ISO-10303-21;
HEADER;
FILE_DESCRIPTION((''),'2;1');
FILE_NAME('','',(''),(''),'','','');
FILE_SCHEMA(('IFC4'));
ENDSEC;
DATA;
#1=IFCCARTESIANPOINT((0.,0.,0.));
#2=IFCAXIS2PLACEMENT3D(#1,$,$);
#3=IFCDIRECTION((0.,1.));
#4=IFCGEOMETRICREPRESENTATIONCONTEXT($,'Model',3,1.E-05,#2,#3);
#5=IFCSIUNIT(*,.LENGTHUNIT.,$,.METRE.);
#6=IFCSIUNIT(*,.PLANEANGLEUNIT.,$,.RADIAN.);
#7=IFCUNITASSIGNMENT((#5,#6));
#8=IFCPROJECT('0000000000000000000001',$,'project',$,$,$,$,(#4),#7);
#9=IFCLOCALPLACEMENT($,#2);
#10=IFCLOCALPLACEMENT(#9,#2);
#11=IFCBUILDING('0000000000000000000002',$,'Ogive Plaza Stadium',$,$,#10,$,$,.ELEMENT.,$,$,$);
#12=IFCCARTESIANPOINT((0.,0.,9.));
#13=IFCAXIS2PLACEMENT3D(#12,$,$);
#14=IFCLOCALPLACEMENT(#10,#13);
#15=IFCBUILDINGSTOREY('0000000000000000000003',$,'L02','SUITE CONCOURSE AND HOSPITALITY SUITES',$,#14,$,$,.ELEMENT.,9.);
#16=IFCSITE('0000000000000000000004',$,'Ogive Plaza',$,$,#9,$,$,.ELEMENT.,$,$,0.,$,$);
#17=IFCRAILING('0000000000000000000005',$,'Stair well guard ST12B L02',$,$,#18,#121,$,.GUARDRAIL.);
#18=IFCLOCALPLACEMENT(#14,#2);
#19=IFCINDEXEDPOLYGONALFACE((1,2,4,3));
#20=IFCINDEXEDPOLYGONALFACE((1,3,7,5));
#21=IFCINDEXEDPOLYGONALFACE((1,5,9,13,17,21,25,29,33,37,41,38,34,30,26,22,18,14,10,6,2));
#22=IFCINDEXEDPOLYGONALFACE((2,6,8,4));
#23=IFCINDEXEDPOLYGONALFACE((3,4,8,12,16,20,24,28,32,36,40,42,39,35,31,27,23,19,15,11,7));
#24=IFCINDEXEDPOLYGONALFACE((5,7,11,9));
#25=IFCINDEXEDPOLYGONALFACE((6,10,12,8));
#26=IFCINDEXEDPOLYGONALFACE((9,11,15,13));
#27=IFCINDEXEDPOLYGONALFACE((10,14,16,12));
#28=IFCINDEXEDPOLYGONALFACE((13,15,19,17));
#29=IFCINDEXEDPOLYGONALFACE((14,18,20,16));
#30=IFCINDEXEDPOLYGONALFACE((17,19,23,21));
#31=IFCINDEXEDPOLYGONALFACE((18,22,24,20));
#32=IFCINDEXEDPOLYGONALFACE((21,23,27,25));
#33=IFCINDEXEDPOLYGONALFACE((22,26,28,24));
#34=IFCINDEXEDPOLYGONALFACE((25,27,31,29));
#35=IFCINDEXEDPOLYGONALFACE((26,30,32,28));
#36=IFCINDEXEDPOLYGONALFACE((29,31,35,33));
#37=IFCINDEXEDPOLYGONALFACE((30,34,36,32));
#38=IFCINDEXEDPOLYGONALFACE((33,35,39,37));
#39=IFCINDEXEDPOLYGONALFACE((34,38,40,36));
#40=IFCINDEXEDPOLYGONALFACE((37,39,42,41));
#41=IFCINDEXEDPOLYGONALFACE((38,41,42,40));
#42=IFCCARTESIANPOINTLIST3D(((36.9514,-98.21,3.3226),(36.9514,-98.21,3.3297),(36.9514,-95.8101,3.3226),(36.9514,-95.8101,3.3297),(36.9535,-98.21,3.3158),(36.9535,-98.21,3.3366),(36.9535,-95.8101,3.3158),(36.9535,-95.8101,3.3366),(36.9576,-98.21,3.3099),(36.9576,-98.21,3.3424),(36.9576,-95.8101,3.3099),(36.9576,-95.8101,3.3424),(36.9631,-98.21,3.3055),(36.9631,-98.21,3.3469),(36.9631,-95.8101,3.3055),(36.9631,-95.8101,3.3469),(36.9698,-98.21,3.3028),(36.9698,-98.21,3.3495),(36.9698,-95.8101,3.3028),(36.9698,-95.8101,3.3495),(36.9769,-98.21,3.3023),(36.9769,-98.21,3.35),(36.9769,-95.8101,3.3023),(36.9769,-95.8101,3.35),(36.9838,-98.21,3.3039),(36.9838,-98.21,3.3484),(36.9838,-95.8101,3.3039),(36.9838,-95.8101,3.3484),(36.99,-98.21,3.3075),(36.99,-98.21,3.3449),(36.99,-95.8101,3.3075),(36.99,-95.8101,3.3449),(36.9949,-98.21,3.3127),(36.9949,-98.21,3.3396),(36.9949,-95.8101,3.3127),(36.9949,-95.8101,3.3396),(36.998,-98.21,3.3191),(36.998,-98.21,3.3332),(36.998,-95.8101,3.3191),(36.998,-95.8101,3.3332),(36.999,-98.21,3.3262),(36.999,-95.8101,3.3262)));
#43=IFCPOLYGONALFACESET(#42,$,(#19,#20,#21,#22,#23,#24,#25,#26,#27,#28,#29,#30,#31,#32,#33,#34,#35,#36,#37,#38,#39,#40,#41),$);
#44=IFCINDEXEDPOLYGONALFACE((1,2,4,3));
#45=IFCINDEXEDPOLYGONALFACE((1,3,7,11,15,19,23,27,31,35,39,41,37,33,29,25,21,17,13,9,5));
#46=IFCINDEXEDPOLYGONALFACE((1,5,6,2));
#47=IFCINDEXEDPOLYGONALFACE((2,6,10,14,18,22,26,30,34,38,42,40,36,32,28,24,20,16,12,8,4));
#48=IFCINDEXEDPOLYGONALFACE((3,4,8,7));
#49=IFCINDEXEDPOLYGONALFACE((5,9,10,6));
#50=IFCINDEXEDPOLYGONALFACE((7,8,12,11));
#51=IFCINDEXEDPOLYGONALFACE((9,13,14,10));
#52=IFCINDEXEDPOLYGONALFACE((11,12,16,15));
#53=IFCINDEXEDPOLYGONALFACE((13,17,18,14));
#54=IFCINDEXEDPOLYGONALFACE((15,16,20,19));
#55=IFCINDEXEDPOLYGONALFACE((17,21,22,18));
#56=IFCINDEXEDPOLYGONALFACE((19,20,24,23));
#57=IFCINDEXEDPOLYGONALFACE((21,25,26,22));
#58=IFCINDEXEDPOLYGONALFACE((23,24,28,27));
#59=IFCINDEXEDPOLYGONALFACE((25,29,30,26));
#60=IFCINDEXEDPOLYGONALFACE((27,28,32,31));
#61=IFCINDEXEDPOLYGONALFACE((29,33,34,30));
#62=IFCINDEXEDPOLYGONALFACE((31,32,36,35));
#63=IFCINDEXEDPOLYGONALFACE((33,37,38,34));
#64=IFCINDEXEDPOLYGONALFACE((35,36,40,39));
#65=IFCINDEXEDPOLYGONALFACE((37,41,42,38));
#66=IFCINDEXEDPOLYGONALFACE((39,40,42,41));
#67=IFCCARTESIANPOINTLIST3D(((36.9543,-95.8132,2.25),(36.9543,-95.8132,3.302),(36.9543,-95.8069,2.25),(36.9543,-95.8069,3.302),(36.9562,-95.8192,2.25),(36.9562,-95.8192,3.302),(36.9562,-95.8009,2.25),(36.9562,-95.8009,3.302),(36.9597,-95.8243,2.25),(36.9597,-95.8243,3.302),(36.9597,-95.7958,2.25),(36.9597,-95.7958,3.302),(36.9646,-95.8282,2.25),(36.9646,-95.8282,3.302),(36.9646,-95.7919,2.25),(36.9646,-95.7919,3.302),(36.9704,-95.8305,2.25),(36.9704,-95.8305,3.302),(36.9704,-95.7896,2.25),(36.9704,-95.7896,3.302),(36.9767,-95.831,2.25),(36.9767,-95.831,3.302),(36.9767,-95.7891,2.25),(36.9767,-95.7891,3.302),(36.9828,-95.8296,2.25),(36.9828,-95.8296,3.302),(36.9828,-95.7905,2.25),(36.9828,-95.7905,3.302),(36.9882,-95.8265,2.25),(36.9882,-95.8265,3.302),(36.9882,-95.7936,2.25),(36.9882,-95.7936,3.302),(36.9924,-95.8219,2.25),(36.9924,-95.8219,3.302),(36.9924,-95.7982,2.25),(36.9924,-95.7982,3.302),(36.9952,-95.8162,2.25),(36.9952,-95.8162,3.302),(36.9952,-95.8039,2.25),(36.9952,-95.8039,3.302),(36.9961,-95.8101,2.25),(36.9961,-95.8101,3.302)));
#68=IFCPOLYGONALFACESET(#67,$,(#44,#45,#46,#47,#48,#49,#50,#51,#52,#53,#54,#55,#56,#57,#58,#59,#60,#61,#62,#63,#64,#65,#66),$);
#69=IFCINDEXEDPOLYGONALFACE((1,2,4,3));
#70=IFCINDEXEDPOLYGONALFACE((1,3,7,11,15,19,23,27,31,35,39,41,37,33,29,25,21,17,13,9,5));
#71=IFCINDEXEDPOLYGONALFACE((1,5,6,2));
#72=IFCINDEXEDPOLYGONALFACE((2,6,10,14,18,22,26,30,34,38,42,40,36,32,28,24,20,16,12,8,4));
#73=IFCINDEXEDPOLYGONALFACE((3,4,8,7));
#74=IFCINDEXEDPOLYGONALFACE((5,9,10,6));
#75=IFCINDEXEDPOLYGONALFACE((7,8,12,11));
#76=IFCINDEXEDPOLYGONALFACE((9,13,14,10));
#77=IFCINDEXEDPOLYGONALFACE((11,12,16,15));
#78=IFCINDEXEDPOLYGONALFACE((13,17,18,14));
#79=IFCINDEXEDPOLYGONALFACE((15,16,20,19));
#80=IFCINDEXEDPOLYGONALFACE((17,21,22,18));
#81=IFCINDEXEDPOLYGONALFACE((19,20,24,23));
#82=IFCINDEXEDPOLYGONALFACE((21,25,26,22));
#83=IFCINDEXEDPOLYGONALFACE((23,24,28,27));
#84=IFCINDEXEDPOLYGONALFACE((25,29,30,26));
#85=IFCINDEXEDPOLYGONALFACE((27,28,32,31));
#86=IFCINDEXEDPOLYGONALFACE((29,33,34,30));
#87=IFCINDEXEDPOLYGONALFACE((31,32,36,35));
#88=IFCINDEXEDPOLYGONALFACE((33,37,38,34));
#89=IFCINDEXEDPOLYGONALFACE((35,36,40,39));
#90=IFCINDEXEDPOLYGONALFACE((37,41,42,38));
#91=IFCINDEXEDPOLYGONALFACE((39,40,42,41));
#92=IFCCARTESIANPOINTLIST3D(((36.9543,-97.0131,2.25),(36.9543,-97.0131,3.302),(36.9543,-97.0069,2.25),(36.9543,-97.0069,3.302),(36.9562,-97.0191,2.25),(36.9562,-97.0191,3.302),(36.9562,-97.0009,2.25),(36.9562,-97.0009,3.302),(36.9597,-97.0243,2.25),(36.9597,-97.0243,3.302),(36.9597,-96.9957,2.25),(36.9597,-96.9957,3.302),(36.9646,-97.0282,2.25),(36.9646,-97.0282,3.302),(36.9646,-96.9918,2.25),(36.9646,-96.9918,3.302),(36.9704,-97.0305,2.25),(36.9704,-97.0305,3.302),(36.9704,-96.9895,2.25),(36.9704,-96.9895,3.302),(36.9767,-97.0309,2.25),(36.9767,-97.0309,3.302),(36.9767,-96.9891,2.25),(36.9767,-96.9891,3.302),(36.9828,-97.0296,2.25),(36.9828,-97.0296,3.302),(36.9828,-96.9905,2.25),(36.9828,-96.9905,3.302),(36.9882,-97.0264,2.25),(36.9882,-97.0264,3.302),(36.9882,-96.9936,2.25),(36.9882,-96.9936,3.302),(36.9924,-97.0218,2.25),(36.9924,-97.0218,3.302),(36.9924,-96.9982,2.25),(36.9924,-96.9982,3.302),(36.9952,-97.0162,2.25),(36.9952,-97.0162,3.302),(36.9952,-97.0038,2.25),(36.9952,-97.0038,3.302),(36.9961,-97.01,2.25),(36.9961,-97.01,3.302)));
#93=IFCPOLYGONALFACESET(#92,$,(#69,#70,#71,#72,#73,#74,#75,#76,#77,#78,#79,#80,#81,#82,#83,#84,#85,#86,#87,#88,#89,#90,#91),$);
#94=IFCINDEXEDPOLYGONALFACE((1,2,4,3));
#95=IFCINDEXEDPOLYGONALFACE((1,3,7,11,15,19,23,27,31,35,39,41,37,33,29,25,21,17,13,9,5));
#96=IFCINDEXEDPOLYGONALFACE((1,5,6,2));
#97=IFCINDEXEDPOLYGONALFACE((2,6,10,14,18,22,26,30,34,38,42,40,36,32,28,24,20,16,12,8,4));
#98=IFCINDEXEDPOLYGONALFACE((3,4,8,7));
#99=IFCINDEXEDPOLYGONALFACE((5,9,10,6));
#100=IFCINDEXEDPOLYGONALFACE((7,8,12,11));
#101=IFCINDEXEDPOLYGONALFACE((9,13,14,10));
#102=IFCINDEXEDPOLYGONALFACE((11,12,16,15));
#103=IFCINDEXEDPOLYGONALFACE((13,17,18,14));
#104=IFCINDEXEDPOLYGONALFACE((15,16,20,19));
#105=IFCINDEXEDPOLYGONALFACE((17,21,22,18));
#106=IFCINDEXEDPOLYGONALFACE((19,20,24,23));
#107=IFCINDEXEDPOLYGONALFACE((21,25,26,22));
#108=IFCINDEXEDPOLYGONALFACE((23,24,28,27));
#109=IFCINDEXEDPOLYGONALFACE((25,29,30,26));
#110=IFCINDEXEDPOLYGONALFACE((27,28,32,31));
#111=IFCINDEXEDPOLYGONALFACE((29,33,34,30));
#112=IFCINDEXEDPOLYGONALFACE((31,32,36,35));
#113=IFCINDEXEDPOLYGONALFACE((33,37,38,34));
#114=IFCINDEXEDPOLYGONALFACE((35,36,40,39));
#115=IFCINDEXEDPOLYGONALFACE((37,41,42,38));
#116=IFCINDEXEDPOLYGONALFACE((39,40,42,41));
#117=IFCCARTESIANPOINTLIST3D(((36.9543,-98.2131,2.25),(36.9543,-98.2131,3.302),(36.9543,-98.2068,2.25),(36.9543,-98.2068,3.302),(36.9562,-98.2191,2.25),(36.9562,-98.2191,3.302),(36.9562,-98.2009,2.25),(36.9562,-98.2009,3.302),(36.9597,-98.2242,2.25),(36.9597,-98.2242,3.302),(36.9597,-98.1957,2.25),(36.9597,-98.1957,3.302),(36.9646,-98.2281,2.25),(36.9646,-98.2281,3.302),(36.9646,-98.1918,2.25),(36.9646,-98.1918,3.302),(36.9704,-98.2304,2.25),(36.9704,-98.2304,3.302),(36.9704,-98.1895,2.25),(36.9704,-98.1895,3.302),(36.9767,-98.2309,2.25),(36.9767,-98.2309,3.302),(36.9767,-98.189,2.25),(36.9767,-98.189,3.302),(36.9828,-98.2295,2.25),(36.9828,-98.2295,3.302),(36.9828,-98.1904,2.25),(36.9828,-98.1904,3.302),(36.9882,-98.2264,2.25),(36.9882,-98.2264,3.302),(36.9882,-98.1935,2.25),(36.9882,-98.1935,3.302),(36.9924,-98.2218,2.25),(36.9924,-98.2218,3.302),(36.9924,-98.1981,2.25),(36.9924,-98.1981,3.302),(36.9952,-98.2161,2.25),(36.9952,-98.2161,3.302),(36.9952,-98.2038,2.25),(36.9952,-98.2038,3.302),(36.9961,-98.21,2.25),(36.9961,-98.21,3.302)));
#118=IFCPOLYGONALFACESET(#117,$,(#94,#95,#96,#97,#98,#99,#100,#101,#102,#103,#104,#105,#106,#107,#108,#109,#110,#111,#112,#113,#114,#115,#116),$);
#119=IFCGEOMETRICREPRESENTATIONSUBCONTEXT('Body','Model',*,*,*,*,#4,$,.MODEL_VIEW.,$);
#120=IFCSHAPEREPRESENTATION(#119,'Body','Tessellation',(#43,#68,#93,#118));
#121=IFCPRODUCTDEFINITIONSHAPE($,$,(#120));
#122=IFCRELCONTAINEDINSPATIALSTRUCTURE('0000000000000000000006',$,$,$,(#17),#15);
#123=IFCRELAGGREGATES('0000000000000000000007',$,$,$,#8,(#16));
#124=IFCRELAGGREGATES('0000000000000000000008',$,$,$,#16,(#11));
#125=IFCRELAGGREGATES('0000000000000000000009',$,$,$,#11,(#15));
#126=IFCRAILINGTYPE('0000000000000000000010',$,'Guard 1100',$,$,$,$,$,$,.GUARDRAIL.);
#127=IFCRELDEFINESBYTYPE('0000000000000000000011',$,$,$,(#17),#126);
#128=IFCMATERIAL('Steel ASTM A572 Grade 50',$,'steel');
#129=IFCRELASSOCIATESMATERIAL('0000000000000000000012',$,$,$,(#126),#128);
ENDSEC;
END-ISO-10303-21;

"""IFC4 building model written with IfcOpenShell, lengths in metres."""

from ifc_helpers import new_model, si_unit, direction, frame, origin, origin_2d, place, context, subcontext, project, spatial, circle, extrude, material, type_object, element, save


model = new_model("IFC4")

# Units and contexts
model_context = context("Model", 3, precision=1e-05, world=origin(), true_north=direction((0.0, 1.0)))
body_context = subcontext(model_context, "Body", "Model", "MODEL_VIEW")
ifc_project = project(units=[si_unit("LENGTHUNIT", "METRE"), si_unit("PLANEANGLEUNIT", "RADIAN")], contexts=[model_context])

# Site, building, storey
site_placement = place(None, origin())
site = spatial("IfcSite", under=ifc_project, at=site_placement, Name="Ogive Plaza", CompositionType="ELEMENT", RefElevation=0.0)
building_placement = place(site_placement, origin())
building = spatial("IfcBuilding", under=site, at=building_placement, Name="Ogive Plaza Stadium", CompositionType="ELEMENT")
storey_placement = place(building_placement, frame((0.0, 0.0, 9.0)))
storey = spatial("IfcBuildingStorey", under=building, at=storey_placement, Name="L02", Description="SUITE CONCOURSE AND HOSPITALITY SUITES", CompositionType="ELEMENT", Elevation=9.0)

# Railing
ifc_material_1 = material(Name="Steel ASTM A572 Grade 50", Category="steel")
railing_type_1 = type_object("IfcRailingType", Name="Guard 1100", PredefinedType="GUARDRAIL", material=ifc_material_1)
for number, where, name in (
    (1, (36.9751, -95.8101, 2.25), "Stair well guard ST12B L02"),
):
    element("IfcRailing", number, at=place(storey_placement, frame(where)), inside=storey, type_object=railing_type_1, Name=name, PredefinedType="GUARDRAIL", context=body_context, shape_type="SweptSolid", body=[
        extrude(circle(Radius=0.0239, at=origin_2d()), frame((0.0, 0.0, 1.0762), z_axis=(0.0, -1.0, 0.0), x_axis=(1.0, 0.0, 0.0)), (0.0, 0.0, 1.0), 2.3999),
        extrude(circle(Radius=0.021, at=origin_2d()), origin(), (0.0, 0.0, 1.0), 1.052),
        extrude(circle(Radius=0.021, at=origin_2d()), frame((0.0, -1.2, 0.0)), (0.0, 0.0, 1.0), 1.052),
        extrude(circle(Radius=0.021, at=origin_2d()), frame((0.0, -2.3999, 0.0)), (0.0, 0.0, 1.0), 1.052),
    ])

save(model, "model.ifc")
